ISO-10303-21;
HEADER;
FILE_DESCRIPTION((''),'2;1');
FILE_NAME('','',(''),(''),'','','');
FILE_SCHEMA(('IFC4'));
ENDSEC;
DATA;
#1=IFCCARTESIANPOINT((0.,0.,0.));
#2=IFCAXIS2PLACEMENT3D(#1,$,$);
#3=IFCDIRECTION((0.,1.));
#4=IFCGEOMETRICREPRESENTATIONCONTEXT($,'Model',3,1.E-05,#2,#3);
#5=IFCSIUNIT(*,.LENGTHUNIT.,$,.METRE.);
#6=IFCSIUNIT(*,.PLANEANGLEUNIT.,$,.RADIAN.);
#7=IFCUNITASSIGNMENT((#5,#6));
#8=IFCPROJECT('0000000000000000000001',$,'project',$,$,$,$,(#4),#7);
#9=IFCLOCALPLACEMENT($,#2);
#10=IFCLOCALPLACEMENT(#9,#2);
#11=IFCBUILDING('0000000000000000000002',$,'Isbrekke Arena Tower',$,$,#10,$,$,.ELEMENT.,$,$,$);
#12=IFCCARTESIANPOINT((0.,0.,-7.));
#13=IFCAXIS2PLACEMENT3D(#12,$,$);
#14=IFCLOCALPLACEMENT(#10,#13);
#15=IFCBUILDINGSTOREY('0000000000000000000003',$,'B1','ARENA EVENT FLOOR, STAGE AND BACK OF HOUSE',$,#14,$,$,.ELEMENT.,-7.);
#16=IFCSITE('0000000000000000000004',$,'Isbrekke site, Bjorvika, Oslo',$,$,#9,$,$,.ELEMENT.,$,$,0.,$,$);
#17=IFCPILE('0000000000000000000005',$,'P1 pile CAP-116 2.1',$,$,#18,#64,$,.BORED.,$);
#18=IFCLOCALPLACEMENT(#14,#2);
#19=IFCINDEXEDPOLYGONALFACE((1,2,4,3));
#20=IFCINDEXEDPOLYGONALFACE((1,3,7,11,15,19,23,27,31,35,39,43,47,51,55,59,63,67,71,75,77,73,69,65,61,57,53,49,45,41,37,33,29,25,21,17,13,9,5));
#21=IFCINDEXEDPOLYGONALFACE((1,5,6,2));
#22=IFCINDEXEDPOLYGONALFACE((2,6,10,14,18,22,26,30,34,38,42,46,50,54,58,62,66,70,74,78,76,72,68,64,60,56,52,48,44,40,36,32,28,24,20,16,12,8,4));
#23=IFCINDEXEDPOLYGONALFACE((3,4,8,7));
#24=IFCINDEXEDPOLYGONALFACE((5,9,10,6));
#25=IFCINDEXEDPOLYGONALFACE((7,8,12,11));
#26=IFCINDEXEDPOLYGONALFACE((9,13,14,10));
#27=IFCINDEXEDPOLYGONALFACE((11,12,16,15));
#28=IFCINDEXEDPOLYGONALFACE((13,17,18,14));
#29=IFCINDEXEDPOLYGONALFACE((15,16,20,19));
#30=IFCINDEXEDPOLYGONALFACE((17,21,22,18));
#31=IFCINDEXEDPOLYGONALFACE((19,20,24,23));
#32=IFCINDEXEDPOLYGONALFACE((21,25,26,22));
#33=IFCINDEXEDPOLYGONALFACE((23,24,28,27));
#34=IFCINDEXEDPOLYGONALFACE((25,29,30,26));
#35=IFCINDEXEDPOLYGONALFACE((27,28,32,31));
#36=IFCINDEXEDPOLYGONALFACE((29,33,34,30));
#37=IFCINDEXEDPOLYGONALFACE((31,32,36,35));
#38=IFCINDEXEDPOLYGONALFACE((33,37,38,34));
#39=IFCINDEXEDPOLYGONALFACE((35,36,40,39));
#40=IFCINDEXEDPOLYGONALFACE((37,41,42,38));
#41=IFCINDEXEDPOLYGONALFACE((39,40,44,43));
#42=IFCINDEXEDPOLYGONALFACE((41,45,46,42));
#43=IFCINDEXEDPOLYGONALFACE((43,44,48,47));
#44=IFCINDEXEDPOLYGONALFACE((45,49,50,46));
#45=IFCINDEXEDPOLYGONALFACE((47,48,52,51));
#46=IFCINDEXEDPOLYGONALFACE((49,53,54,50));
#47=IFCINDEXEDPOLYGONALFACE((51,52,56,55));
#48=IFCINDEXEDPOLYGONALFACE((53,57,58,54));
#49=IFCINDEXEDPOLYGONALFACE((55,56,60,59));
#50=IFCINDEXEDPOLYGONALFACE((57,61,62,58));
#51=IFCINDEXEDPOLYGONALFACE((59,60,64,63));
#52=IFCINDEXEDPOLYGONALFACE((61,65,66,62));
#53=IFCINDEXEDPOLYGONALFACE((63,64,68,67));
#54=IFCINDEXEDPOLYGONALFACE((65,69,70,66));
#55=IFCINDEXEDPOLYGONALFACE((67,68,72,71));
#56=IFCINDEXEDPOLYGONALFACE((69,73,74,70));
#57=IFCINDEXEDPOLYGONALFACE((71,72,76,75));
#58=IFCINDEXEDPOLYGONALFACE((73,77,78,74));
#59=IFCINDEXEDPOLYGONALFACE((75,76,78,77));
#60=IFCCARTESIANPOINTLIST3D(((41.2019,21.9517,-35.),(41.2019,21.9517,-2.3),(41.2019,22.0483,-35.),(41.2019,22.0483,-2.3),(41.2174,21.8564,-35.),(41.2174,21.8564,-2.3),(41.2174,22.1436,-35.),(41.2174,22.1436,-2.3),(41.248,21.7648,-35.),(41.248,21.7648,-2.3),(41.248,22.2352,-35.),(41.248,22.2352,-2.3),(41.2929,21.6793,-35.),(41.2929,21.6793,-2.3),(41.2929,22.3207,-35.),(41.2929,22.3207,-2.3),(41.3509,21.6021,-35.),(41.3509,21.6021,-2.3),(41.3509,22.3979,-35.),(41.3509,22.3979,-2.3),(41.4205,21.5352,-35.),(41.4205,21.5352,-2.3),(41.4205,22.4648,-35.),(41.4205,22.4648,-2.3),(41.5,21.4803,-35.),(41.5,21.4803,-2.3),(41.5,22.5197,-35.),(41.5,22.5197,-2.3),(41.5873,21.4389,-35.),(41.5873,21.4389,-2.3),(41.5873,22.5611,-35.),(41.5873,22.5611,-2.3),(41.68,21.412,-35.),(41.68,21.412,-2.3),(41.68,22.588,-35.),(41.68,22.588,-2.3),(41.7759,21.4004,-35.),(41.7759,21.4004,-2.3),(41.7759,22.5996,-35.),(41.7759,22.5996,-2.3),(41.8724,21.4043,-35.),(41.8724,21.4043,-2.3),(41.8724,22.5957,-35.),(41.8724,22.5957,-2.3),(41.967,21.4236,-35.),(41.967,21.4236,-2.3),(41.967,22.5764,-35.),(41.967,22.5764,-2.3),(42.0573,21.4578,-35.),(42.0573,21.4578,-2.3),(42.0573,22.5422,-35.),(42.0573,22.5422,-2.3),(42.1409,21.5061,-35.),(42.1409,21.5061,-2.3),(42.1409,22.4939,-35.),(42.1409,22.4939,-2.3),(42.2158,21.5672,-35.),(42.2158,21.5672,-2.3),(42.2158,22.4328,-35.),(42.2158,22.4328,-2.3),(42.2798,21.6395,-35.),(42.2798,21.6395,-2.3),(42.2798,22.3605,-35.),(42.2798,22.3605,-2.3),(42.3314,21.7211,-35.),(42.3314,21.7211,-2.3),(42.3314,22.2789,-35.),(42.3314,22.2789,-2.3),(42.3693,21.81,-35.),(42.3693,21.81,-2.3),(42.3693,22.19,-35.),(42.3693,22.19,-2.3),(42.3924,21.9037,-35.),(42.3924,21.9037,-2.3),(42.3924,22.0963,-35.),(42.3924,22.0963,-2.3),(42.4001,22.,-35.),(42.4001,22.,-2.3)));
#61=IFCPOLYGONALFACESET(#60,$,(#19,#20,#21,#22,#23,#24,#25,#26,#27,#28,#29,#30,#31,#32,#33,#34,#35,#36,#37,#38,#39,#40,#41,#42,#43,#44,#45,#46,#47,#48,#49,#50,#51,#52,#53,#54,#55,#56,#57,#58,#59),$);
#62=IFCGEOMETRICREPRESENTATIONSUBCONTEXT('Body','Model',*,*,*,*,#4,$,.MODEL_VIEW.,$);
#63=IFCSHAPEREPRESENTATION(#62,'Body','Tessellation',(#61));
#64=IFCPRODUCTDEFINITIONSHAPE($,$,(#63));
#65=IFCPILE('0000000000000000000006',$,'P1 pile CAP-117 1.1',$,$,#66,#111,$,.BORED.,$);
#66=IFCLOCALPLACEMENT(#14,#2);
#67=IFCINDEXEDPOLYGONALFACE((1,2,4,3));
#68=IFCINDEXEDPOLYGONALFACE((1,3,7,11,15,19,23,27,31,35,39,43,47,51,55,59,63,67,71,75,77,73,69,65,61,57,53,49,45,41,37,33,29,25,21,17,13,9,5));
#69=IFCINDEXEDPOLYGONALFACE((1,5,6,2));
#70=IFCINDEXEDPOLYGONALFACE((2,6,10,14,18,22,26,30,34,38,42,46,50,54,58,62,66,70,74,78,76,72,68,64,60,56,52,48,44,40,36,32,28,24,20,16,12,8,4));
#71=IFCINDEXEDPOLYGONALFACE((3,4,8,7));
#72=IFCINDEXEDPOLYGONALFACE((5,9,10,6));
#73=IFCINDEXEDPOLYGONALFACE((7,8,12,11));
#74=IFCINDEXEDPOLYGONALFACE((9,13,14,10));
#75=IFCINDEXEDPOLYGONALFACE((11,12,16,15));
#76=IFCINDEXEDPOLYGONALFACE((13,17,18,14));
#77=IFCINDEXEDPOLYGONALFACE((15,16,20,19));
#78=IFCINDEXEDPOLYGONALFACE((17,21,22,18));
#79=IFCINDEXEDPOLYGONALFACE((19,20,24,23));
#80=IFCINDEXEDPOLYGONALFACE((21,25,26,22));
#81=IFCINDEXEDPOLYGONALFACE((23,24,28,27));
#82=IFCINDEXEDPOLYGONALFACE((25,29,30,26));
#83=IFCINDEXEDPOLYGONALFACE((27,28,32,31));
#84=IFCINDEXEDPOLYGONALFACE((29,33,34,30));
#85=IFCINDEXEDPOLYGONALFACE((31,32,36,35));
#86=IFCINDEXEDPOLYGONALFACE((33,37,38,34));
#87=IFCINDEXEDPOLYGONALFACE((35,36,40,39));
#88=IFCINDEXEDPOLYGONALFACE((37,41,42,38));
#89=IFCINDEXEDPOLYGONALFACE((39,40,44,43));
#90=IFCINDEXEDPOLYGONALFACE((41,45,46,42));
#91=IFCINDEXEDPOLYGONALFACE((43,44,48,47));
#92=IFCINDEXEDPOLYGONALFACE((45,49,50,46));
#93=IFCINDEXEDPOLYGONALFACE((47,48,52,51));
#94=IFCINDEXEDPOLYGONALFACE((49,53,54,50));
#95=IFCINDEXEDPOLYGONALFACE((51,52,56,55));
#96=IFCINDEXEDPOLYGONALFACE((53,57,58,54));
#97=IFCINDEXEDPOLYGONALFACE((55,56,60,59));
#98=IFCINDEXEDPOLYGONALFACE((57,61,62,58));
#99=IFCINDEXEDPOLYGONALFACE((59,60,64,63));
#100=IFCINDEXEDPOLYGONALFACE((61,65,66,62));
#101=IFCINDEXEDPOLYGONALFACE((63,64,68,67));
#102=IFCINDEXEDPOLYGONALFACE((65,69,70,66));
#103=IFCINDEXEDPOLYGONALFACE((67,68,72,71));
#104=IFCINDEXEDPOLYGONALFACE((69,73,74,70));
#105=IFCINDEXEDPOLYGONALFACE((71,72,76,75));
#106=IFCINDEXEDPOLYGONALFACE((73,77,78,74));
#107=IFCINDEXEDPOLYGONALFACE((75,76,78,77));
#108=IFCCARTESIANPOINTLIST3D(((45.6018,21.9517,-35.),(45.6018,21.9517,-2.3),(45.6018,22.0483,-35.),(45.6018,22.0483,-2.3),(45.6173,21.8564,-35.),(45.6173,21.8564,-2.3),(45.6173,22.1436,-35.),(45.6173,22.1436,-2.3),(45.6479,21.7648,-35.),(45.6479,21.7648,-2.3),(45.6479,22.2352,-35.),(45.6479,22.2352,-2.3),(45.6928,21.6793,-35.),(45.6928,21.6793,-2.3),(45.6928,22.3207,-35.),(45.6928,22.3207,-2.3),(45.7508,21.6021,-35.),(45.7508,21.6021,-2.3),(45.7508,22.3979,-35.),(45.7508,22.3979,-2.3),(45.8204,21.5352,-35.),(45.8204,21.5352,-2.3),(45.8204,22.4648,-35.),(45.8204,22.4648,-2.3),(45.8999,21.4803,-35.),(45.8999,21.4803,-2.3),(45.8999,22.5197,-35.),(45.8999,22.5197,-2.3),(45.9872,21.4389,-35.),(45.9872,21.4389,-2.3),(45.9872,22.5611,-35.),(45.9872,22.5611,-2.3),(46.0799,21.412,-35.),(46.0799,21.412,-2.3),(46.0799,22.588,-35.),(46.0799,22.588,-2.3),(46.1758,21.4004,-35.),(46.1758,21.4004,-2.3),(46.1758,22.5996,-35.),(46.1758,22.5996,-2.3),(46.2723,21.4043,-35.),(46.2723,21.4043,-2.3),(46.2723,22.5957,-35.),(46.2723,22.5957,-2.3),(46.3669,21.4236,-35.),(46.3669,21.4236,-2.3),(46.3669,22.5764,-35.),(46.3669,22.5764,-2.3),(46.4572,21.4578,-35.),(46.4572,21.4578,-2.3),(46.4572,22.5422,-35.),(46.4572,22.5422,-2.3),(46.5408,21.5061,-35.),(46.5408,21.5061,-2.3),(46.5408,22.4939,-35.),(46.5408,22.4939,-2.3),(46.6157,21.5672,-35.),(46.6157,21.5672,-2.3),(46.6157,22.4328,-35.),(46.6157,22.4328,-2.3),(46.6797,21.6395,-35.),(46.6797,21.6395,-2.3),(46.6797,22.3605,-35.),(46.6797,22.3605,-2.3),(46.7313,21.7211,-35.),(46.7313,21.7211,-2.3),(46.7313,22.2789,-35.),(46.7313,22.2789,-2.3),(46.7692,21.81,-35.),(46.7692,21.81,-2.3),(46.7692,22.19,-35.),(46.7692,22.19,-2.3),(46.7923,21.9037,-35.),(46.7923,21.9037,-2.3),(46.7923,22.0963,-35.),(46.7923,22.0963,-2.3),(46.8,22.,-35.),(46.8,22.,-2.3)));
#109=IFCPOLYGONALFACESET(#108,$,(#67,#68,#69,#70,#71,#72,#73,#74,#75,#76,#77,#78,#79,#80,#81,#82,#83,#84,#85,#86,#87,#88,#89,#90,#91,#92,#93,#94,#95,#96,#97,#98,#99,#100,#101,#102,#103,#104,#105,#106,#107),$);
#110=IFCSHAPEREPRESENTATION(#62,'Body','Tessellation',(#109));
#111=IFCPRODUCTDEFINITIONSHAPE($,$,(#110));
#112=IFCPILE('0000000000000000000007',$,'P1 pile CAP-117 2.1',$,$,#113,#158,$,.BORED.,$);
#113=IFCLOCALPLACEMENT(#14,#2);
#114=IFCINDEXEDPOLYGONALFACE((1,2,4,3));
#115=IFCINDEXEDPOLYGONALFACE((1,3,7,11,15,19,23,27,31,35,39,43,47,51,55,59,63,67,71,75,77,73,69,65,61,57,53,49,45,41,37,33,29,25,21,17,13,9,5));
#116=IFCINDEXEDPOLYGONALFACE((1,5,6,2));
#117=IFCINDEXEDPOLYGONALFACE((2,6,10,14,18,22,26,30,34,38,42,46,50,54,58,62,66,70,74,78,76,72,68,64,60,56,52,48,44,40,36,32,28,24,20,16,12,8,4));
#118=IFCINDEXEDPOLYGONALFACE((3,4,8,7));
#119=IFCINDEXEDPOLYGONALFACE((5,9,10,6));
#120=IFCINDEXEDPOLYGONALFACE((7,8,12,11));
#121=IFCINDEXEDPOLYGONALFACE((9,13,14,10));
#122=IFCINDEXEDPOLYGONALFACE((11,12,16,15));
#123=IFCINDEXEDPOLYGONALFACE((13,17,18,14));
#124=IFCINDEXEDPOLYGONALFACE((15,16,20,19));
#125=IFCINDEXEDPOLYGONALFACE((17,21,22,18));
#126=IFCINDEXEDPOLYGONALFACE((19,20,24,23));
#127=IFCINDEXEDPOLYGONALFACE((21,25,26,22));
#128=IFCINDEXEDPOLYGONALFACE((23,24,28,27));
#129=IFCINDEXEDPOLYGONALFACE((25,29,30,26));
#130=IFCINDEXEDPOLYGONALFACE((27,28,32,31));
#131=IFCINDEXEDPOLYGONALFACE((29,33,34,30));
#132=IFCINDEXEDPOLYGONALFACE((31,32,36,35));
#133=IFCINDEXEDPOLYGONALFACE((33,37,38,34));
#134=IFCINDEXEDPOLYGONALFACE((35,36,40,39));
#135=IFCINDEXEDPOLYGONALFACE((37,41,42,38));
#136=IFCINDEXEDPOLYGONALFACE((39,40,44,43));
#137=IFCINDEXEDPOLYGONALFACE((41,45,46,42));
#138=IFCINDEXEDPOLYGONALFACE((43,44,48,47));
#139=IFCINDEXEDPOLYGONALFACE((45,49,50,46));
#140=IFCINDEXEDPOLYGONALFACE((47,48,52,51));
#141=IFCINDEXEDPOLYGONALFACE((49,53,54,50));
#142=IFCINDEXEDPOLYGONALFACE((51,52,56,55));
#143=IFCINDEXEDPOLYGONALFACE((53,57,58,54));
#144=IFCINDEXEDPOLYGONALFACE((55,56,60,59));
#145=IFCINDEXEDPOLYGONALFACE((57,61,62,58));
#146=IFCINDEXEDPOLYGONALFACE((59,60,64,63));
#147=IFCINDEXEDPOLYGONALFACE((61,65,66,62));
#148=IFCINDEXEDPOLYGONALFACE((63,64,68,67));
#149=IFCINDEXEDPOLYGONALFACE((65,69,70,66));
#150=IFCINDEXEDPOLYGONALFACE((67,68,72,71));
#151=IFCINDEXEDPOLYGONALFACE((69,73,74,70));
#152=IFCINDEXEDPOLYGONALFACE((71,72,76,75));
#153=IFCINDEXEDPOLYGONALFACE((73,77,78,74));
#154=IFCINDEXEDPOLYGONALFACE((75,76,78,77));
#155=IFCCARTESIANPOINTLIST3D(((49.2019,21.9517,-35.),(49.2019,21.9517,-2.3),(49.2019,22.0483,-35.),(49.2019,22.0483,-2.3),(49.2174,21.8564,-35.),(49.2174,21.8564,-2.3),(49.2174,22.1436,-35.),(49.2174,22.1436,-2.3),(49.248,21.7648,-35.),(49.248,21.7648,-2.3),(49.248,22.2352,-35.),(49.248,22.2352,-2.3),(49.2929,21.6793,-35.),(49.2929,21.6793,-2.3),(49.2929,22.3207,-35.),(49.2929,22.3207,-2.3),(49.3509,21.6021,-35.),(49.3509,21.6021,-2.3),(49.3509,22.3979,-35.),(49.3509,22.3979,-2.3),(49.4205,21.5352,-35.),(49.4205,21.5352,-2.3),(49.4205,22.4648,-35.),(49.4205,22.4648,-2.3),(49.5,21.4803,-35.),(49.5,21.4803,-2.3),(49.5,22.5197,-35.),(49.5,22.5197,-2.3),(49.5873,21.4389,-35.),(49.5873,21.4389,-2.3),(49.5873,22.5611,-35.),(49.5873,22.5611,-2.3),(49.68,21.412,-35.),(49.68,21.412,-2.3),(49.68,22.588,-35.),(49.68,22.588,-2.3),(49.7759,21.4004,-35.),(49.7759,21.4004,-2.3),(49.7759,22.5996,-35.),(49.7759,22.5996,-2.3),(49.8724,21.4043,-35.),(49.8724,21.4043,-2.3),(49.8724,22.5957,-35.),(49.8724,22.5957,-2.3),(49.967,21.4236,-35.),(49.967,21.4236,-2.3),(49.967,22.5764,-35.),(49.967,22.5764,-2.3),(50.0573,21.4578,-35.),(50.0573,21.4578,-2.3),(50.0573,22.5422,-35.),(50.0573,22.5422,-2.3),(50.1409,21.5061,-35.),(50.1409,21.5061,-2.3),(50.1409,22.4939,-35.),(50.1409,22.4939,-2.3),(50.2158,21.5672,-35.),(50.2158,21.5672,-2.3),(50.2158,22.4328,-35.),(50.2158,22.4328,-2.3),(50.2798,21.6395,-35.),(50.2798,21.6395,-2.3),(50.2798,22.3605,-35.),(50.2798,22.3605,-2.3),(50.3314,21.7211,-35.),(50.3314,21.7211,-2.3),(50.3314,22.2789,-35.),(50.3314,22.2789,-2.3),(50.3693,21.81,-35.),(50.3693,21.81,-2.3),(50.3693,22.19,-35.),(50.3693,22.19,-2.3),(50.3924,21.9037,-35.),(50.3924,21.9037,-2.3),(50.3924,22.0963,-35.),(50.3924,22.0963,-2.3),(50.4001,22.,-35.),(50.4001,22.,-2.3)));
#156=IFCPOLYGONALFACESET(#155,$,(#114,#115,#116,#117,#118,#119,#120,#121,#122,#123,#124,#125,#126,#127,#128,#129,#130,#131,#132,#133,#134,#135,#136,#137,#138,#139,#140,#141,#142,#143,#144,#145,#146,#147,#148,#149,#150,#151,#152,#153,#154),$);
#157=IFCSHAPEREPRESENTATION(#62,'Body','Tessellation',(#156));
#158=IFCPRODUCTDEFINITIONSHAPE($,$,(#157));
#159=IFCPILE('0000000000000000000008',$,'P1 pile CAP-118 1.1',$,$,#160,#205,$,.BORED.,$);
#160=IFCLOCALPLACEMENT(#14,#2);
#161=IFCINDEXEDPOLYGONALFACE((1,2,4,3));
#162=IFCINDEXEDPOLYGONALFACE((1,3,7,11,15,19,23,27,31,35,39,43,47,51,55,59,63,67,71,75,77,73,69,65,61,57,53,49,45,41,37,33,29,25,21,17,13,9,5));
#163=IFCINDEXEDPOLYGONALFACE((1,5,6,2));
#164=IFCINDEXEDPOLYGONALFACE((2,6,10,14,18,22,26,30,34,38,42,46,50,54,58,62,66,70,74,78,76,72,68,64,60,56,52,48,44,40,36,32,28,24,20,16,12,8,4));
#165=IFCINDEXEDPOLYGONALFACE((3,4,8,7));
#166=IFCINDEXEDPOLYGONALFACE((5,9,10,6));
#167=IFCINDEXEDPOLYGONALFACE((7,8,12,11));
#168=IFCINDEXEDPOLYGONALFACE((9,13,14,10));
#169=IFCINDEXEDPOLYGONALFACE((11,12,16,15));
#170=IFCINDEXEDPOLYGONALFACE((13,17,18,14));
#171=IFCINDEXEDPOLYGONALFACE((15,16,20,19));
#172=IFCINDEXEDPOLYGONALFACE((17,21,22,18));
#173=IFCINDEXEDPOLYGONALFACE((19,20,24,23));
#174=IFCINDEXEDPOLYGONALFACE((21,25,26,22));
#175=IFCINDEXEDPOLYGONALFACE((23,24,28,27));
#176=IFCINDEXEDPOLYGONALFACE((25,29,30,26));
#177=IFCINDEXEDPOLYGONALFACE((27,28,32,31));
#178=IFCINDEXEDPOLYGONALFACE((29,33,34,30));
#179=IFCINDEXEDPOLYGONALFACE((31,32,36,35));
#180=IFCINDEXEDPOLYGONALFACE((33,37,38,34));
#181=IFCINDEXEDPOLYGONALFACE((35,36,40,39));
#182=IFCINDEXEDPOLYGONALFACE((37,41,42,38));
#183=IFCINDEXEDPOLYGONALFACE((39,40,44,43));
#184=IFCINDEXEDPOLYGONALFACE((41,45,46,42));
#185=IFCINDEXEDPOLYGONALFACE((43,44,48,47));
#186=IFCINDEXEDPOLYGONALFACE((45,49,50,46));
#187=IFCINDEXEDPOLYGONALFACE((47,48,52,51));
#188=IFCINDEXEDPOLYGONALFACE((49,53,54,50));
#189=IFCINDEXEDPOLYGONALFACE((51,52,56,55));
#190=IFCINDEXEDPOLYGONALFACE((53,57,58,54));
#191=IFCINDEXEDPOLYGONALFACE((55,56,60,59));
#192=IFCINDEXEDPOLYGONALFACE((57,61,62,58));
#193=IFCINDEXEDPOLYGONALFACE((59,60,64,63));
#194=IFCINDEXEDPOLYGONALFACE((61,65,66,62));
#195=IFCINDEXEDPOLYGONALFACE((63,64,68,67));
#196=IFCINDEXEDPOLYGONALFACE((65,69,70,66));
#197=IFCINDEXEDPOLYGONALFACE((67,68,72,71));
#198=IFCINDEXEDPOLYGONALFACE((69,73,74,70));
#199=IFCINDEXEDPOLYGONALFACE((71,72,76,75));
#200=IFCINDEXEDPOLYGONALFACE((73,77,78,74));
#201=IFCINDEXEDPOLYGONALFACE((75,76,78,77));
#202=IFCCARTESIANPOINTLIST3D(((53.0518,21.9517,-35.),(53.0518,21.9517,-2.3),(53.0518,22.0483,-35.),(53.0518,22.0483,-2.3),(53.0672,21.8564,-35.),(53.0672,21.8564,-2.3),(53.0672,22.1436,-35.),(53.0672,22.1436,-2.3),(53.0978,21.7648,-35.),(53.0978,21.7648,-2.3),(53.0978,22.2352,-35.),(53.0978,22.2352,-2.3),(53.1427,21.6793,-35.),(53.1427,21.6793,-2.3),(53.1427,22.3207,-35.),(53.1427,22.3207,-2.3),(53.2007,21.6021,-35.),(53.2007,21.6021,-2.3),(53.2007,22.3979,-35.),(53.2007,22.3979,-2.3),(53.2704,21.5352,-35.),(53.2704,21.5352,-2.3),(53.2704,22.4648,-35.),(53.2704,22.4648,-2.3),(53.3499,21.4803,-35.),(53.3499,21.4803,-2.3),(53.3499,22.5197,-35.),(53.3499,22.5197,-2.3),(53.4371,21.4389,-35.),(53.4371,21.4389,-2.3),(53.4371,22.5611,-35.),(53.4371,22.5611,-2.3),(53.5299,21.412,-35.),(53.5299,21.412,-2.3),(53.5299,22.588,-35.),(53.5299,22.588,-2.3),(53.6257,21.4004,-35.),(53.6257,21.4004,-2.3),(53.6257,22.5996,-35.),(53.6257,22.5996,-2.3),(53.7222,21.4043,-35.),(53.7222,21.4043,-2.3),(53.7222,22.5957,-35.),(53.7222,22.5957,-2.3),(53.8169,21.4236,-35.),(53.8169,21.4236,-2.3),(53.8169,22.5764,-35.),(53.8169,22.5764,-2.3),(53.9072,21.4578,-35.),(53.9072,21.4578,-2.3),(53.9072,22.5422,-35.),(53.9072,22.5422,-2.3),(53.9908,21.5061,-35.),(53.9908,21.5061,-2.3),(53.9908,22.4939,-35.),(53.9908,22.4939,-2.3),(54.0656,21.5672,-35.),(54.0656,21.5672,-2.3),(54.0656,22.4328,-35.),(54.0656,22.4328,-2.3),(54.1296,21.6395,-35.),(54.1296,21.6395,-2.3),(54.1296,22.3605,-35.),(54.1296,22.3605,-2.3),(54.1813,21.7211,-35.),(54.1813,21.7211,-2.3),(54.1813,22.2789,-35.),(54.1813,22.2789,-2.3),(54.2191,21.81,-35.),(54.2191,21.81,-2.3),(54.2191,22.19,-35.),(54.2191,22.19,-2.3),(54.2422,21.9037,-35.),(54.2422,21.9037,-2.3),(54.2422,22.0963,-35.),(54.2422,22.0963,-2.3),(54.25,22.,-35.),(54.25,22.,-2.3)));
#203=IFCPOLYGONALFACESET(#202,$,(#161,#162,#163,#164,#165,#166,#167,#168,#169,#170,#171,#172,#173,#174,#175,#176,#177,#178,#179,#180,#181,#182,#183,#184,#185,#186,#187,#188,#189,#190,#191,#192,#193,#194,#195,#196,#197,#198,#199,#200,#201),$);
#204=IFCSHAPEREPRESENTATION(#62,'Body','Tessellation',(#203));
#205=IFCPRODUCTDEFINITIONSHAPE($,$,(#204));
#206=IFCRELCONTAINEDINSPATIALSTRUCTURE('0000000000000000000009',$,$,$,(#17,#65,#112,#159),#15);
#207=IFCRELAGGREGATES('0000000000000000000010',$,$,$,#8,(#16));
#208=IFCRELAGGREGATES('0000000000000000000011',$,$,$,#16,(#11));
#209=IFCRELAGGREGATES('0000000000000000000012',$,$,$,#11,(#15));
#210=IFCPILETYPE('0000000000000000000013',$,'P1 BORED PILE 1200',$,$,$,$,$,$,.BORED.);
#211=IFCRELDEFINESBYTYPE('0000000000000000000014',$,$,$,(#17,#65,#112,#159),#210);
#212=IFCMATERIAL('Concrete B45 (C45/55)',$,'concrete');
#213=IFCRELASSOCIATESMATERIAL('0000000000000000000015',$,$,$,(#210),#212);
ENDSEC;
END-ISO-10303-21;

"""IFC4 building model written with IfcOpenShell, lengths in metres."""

from ifc_helpers import new_model, si_unit, direction, frame, origin, origin_2d, place, context, subcontext, project, spatial, circle, extrude, material, material_profile, profile_set, type_object, element, save


model = new_model("IFC4")

# Units and contexts
model_context = context("Model", 3, precision=1e-05, world=origin(), true_north=direction((0.0, 1.0)))
body_context = subcontext(model_context, "Body", "Model", "MODEL_VIEW")
ifc_project = project(units=[si_unit("LENGTHUNIT", "METRE"), si_unit("PLANEANGLEUNIT", "RADIAN")], contexts=[model_context])

# Site, building, storey
site_placement = place(None, origin())
site = spatial("IfcSite", under=ifc_project, at=site_placement, Name="Isbrekke site, Bjorvika, Oslo", CompositionType="ELEMENT", RefElevation=0.0)
building_placement = place(site_placement, origin())
building = spatial("IfcBuilding", under=site, at=building_placement, Name="Isbrekke Arena Tower", CompositionType="ELEMENT")
storey_placement = place(building_placement, frame((0.0, 0.0, -7.0)))
storey = spatial("IfcBuildingStorey", under=building, at=storey_placement, Name="B1", Description="ARENA EVENT FLOOR, STAGE AND BACK OF HOUSE", CompositionType="ELEMENT", Elevation=-7.0)

# Piles
ifc_material_1 = material(Name="Concrete B45 (C45/55)", Category="concrete")
ifc_material_profile_1 = material_profile(ifc_material_1, circle(Radius=0.6001, at=origin_2d()), Name="BORED PILE D1200")
ifc_profile_set_1 = profile_set([ifc_material_profile_1], Name="Concrete B45 (C45/55)")
pile_type = type_object("IfcPileType", Name="P1 BORED PILE 1200", PredefinedType="BORED", material=ifc_profile_set_1)
for number, where, z_axis, x_axis, name in (
    (1, (41.8, 22.0, -2.3), (0.0, 0.0, -1.0), (1.0, 0.0, 0.0), "P1 pile CAP-116 2.1"),
    (2, (46.2, 22.0, -2.3), (0.0, 0.0, -1.0), (1.0, 0.0, 0.0), "P1 pile CAP-117 1.1"),
    (3, (49.8, 22.0, -2.3), (0.0, 0.0, -1.0), (1.0, 0.0, 0.0), "P1 pile CAP-117 2.1"),
    (4, (53.6499, 22.0, -2.3), (0.0, 0.0, -1.0), (1.0, 0.0, 0.0), "P1 pile CAP-118 1.1"),
):
    element("IfcPile", number, at=place(storey_placement, frame(where, z_axis=z_axis, x_axis=x_axis)), inside=storey, type_object=pile_type, Name=name, PredefinedType="BORED", context=body_context, shape_type="SweptSolid", body=[
        extrude(circle(Radius=0.6001, at=origin_2d()), origin(), (0.0, 0.0, 1.0), 32.7),
    ])

save(model, "model.ifc")
